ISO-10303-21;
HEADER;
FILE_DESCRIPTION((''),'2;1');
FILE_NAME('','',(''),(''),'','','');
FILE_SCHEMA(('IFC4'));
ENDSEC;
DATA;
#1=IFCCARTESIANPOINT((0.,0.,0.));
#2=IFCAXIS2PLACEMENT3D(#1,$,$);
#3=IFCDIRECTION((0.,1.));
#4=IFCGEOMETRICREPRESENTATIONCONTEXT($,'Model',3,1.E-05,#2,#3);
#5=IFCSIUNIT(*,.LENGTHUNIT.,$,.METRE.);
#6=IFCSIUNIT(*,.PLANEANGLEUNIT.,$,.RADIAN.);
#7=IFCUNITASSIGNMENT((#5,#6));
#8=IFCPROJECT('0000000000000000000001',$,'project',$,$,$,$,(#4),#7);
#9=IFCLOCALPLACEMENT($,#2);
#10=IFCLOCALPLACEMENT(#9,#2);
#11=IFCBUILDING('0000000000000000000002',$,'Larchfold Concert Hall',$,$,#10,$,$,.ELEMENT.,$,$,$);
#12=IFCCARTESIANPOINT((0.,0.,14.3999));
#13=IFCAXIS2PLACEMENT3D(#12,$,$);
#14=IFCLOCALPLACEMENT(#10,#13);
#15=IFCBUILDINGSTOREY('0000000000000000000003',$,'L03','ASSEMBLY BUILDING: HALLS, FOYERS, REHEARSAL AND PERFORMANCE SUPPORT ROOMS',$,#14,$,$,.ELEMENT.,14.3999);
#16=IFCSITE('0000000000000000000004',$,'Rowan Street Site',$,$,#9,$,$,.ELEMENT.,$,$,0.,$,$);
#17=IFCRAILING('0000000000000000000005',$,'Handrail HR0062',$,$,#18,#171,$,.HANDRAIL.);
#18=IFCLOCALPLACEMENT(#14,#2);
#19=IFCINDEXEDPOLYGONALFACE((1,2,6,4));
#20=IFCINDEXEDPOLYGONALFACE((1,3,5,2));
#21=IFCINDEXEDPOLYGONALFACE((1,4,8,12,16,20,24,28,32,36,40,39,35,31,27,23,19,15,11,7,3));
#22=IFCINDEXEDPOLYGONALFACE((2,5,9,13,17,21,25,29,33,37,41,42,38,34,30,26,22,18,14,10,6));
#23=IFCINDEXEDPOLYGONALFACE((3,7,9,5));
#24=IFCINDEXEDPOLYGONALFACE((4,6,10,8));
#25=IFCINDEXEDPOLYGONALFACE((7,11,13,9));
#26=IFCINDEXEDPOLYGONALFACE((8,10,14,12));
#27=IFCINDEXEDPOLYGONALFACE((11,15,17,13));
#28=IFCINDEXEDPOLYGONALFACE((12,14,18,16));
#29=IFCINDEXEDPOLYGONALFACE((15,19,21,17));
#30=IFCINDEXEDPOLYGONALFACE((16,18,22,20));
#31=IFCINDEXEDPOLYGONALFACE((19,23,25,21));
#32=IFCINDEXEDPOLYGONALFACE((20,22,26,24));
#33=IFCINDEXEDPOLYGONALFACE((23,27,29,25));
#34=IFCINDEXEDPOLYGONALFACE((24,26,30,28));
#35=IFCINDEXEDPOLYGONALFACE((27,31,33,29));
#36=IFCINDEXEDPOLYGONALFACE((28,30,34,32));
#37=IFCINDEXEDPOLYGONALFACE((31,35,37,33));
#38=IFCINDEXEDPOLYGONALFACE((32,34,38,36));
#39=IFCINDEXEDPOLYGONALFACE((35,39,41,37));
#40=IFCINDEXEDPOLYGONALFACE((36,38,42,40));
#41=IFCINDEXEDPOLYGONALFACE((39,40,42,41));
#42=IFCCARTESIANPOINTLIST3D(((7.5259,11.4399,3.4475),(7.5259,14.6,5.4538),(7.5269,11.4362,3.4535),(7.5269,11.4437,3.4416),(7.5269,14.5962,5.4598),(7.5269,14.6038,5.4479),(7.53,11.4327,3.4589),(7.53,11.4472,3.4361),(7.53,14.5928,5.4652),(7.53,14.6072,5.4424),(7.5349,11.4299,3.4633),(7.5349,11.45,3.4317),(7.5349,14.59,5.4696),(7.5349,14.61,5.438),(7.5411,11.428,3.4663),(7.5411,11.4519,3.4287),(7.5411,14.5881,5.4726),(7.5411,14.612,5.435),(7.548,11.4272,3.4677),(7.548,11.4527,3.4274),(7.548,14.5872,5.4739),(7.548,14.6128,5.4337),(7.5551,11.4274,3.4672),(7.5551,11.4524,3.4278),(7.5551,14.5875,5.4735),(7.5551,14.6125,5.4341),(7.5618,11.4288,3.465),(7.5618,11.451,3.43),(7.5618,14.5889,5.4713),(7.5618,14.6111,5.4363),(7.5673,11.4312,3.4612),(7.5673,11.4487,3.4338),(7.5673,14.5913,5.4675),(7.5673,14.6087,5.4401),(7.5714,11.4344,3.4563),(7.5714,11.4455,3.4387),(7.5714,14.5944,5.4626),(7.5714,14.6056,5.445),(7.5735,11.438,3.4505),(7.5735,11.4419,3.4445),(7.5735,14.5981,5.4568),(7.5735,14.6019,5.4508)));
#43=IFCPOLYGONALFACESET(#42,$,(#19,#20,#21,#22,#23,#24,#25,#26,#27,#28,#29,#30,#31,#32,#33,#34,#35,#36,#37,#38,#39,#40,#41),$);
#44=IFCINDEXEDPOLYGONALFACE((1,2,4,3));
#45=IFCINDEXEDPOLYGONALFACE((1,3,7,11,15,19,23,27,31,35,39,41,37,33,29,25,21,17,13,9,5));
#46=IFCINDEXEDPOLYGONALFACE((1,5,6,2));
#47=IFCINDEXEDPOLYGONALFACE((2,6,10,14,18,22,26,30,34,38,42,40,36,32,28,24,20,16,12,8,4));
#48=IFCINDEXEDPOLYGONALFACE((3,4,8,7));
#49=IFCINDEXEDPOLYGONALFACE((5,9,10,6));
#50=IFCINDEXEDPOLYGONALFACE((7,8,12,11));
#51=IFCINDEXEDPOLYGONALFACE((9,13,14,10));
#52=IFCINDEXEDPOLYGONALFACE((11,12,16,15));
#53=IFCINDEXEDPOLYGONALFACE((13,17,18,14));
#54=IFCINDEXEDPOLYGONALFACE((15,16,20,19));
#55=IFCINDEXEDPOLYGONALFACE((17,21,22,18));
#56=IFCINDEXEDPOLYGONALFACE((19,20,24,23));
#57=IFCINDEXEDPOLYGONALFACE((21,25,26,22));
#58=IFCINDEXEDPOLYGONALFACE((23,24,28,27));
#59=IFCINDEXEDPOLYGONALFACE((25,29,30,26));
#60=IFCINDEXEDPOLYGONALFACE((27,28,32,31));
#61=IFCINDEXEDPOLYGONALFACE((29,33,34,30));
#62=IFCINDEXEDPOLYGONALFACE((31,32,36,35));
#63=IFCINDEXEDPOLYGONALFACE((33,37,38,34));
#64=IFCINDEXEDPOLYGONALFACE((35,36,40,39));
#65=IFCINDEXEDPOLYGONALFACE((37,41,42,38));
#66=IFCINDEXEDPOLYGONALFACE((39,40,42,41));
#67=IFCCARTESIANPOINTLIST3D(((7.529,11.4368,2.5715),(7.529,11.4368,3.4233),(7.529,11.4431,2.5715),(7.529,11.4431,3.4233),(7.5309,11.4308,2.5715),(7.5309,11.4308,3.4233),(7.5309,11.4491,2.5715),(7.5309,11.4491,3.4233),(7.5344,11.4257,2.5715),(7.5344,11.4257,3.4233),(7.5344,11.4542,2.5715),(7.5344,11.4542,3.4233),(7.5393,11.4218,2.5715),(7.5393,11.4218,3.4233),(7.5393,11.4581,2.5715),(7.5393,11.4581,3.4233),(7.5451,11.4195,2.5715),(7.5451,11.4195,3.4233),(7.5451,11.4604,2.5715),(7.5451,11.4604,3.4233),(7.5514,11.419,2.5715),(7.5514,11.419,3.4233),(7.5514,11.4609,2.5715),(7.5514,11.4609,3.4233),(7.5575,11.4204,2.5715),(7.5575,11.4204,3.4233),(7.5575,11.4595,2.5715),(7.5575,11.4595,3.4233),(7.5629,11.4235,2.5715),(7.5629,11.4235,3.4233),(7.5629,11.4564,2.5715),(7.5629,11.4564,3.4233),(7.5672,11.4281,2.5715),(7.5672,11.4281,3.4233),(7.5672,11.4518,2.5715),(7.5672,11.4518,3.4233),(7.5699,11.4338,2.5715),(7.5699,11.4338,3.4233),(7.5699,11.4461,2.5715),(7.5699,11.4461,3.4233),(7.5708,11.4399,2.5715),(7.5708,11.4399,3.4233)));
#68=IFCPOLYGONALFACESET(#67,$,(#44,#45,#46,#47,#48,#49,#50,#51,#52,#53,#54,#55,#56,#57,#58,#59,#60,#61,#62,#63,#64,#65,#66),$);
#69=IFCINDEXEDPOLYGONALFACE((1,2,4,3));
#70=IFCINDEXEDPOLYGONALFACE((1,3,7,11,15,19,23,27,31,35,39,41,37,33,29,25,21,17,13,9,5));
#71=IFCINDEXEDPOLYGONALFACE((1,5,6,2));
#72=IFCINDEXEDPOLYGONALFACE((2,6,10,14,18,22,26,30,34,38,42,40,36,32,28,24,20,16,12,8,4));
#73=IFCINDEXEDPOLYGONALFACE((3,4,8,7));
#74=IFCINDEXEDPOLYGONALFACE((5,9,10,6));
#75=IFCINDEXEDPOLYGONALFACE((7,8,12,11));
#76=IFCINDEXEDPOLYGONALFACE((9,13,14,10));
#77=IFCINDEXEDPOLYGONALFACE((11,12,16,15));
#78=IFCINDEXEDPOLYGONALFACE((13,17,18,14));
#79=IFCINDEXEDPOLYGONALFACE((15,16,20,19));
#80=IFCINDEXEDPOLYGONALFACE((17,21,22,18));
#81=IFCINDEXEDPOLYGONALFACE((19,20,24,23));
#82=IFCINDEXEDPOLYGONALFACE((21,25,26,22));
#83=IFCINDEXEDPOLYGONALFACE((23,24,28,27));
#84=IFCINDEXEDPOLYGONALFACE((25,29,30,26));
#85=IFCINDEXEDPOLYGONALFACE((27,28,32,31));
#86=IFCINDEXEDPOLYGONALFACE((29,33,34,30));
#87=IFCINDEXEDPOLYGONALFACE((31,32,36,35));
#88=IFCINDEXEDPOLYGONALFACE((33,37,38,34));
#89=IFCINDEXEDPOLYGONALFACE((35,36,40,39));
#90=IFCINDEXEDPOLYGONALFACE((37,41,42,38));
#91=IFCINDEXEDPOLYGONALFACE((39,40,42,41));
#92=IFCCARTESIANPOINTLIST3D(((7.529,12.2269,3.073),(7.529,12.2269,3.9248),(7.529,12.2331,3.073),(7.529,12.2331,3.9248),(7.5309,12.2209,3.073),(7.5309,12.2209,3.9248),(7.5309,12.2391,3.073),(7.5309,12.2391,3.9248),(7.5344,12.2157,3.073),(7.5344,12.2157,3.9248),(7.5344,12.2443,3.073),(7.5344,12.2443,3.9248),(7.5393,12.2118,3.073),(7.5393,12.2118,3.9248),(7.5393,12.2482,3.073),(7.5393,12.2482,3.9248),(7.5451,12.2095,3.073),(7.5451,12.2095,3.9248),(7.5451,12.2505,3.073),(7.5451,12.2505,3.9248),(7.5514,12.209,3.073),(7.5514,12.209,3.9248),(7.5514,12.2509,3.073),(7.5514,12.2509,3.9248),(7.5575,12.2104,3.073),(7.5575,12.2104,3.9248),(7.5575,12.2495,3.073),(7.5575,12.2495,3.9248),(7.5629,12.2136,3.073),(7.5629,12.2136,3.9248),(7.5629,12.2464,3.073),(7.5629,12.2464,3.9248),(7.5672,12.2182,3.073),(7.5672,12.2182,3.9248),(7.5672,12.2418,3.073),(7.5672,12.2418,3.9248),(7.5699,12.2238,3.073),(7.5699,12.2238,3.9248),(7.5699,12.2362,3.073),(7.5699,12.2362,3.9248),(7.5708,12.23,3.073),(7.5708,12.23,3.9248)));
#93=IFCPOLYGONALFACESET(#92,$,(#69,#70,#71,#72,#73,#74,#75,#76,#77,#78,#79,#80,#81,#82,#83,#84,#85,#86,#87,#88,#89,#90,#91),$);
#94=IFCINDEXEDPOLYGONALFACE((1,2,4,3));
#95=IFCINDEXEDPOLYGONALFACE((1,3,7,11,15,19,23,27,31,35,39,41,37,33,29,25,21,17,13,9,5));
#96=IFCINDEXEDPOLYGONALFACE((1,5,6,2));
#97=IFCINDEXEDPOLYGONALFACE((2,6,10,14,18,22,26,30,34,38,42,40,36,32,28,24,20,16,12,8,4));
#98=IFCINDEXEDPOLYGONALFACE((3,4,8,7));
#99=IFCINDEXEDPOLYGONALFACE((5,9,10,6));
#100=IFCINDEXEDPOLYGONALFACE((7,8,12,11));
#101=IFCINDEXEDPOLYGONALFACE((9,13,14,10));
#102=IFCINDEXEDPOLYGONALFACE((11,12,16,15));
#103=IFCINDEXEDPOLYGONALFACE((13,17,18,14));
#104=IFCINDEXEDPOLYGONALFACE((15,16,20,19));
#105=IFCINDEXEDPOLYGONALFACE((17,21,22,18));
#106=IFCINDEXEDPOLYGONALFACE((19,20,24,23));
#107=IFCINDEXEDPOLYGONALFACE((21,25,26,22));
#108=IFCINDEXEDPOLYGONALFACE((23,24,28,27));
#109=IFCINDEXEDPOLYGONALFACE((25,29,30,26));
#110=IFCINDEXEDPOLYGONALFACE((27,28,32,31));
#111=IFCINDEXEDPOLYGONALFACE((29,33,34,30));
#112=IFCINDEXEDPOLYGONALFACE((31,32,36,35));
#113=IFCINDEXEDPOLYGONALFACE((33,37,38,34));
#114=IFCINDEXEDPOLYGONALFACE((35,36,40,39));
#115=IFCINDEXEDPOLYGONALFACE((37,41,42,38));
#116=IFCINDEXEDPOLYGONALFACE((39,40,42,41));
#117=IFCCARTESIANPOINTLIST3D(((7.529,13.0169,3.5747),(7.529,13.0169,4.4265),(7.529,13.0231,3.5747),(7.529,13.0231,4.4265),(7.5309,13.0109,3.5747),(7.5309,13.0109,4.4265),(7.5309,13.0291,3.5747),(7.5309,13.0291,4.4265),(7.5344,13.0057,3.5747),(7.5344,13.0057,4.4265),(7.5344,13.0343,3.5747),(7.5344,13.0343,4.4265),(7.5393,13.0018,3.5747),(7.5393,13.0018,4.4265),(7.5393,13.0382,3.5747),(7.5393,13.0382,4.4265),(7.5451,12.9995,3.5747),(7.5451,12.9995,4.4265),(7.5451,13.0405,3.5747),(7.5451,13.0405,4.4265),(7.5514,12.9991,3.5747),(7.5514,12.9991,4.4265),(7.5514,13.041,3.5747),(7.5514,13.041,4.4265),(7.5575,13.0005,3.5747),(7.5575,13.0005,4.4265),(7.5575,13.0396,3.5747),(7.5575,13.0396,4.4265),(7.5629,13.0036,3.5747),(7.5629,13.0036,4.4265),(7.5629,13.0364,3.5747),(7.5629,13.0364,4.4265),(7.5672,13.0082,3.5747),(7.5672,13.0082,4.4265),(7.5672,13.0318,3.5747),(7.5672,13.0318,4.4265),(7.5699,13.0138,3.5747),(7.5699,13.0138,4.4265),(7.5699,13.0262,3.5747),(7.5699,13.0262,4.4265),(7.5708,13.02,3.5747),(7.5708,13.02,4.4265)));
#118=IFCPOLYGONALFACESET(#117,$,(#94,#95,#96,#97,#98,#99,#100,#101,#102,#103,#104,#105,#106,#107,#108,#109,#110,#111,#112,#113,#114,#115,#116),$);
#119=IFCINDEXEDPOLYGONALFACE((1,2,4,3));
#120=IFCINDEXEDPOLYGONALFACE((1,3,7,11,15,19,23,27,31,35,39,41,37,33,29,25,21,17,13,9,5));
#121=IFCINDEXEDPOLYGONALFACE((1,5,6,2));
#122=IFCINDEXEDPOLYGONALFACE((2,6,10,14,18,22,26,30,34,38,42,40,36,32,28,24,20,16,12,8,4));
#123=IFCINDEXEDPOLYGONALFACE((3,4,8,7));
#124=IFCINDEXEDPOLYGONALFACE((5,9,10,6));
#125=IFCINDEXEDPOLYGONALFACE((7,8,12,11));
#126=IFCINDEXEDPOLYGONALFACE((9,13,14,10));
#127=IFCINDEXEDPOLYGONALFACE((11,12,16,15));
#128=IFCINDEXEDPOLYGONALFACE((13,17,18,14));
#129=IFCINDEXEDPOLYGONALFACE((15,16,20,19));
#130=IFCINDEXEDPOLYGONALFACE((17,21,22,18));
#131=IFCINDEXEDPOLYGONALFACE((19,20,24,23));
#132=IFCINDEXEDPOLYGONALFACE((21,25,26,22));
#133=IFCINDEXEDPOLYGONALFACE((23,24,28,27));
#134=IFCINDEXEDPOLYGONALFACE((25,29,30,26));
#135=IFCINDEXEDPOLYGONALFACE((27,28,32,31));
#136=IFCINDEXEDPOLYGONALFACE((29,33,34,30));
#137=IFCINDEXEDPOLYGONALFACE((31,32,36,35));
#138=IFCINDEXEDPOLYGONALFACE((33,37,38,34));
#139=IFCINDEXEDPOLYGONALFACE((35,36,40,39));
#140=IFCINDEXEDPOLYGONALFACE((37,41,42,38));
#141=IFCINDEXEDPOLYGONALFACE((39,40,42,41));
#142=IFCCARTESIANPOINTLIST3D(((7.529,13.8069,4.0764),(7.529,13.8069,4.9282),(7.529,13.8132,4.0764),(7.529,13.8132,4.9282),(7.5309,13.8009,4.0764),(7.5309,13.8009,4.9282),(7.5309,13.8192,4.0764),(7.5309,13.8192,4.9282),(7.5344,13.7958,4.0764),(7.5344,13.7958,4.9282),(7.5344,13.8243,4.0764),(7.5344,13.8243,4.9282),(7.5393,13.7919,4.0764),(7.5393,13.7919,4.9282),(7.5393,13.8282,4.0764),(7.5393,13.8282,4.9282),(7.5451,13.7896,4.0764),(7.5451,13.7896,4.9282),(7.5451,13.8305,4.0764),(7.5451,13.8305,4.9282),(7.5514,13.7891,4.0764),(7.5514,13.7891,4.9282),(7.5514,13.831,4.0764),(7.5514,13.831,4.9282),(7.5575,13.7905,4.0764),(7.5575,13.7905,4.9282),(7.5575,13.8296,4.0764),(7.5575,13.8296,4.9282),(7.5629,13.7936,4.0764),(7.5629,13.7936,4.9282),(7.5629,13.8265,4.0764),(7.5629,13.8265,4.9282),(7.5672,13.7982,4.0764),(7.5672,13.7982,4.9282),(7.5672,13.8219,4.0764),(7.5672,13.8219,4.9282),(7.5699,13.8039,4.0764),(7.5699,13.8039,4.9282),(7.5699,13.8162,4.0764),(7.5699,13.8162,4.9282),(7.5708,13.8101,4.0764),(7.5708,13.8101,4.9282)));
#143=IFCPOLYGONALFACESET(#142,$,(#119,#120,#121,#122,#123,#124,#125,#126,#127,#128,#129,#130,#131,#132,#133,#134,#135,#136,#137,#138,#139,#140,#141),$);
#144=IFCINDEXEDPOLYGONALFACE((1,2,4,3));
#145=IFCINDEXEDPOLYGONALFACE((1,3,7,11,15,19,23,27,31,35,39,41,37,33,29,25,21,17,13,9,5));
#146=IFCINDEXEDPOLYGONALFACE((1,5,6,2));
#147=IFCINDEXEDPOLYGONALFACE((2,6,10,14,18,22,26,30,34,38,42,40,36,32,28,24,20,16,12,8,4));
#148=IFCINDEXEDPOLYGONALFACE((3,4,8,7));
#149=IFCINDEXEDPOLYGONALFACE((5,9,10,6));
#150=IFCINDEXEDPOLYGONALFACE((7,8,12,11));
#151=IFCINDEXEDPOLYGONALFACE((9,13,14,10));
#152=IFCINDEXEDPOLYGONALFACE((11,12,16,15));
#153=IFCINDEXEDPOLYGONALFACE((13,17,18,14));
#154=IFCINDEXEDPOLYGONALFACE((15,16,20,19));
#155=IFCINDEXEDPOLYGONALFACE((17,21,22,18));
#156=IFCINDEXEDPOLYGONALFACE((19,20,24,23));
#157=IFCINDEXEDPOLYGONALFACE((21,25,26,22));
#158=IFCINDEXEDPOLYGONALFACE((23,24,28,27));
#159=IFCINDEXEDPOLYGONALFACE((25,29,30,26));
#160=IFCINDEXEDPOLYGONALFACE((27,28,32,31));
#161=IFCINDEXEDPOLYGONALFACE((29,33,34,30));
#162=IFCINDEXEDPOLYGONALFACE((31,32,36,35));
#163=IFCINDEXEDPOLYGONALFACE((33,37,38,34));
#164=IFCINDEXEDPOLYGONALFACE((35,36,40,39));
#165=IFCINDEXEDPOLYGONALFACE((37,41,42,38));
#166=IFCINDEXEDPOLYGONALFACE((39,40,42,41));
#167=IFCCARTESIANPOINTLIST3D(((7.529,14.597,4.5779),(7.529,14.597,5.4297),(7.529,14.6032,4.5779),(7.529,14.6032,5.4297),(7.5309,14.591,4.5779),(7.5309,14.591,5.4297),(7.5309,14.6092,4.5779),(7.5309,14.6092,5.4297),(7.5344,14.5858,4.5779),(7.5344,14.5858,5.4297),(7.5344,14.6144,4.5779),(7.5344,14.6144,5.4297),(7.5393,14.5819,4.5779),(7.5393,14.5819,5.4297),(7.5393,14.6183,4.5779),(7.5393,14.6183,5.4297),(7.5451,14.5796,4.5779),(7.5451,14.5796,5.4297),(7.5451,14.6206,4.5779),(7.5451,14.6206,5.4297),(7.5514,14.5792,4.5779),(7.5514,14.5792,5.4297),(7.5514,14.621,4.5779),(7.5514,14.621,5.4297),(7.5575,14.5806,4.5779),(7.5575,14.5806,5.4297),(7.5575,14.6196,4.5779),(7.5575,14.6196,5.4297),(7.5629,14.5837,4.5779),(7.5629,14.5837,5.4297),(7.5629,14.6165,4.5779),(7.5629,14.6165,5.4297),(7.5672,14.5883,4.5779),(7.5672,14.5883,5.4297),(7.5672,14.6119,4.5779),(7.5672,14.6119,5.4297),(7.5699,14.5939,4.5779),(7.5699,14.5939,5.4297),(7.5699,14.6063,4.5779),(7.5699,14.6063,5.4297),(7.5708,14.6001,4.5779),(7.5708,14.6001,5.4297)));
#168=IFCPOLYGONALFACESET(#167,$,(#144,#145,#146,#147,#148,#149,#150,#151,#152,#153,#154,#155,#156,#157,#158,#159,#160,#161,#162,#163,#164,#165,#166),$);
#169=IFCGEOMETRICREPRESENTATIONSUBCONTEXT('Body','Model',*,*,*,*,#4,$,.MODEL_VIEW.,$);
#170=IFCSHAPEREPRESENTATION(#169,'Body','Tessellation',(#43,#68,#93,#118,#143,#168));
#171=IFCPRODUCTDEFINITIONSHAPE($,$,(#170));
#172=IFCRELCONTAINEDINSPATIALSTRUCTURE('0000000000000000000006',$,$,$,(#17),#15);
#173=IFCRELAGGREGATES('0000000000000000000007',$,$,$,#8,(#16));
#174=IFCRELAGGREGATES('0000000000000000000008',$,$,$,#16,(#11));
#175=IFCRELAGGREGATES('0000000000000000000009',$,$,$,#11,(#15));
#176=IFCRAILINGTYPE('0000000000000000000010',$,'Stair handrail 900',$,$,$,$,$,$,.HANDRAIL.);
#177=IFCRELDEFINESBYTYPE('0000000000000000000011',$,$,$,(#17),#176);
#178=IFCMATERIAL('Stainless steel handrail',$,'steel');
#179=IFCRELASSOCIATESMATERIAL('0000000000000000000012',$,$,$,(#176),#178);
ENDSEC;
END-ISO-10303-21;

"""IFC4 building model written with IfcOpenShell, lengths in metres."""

from ifc_helpers import new_model, si_unit, direction, frame, origin, origin_2d, place, context, subcontext, project, spatial, circle, extrude, material, type_object, element, save


model = new_model("IFC4")

# Units and contexts
model_context = context("Model", 3, precision=1e-05, world=origin(), true_north=direction((0.0, 1.0)))
body_context = subcontext(model_context, "Body", "Model", "MODEL_VIEW")
ifc_project = project(units=[si_unit("LENGTHUNIT", "METRE"), si_unit("PLANEANGLEUNIT", "RADIAN")], contexts=[model_context])

# Site, building, storey
site_placement = place(None, origin())
site = spatial("IfcSite", under=ifc_project, at=site_placement, Name="Rowan Street Site", CompositionType="ELEMENT", RefElevation=0.0)
building_placement = place(site_placement, origin())
building = spatial("IfcBuilding", under=site, at=building_placement, Name="Larchfold Concert Hall", CompositionType="ELEMENT")
storey_placement = place(building_placement, frame((0.0, 0.0, 14.3999)))
storey = spatial("IfcBuildingStorey", under=building, at=storey_placement, Name="L03", Description="ASSEMBLY BUILDING: HALLS, FOYERS, REHEARSAL AND PERFORMANCE SUPPORT ROOMS", CompositionType="ELEMENT", Elevation=14.3999)

# Railing
ifc_material_1 = material(Name="Stainless steel handrail", Category="steel")
railing_type_1 = type_object("IfcRailingType", Name="Stair handrail 900", PredefinedType="HANDRAIL", material=ifc_material_1)
railing_1_placement = place(storey_placement, frame((7.5498, 11.4399, 2.5715)))
element("IfcRailing", 1, at=railing_1_placement, inside=storey, type_object=railing_type_1, Name="Handrail HR0062", PredefinedType="HANDRAIL", context=body_context, shape_type="SweptSolid", body=[
    extrude(circle(Radius=0.0239, at=origin_2d()), frame((0.0, 0.0, 0.876), z_axis=(0.0, 0.844225, 0.535989), x_axis=(-1.0, 0.0, 0.0)), (0.0, 0.0, 1.0), 3.7432),
    extrude(circle(Radius=0.021, at=origin_2d()), origin(), (0.0, 0.0, 1.0), 0.8518),
    extrude(circle(Radius=0.021, at=origin_2d()), frame((0.0, 0.79, 0.5015)), (0.0, 0.0, 1.0), 0.8518),
    extrude(circle(Radius=0.021, at=origin_2d()), frame((0.0, 1.5801, 1.0032)), (0.0, 0.0, 1.0), 0.8518),
    extrude(circle(Radius=0.021, at=origin_2d()), frame((0.0, 2.3701, 1.5049)), (0.0, 0.0, 1.0), 0.8518),
    extrude(circle(Radius=0.021, at=origin_2d()), frame((0.0, 3.1602, 2.0063)), (0.0, 0.0, 1.0), 0.8518),
])

save(model, "model.ifc")
